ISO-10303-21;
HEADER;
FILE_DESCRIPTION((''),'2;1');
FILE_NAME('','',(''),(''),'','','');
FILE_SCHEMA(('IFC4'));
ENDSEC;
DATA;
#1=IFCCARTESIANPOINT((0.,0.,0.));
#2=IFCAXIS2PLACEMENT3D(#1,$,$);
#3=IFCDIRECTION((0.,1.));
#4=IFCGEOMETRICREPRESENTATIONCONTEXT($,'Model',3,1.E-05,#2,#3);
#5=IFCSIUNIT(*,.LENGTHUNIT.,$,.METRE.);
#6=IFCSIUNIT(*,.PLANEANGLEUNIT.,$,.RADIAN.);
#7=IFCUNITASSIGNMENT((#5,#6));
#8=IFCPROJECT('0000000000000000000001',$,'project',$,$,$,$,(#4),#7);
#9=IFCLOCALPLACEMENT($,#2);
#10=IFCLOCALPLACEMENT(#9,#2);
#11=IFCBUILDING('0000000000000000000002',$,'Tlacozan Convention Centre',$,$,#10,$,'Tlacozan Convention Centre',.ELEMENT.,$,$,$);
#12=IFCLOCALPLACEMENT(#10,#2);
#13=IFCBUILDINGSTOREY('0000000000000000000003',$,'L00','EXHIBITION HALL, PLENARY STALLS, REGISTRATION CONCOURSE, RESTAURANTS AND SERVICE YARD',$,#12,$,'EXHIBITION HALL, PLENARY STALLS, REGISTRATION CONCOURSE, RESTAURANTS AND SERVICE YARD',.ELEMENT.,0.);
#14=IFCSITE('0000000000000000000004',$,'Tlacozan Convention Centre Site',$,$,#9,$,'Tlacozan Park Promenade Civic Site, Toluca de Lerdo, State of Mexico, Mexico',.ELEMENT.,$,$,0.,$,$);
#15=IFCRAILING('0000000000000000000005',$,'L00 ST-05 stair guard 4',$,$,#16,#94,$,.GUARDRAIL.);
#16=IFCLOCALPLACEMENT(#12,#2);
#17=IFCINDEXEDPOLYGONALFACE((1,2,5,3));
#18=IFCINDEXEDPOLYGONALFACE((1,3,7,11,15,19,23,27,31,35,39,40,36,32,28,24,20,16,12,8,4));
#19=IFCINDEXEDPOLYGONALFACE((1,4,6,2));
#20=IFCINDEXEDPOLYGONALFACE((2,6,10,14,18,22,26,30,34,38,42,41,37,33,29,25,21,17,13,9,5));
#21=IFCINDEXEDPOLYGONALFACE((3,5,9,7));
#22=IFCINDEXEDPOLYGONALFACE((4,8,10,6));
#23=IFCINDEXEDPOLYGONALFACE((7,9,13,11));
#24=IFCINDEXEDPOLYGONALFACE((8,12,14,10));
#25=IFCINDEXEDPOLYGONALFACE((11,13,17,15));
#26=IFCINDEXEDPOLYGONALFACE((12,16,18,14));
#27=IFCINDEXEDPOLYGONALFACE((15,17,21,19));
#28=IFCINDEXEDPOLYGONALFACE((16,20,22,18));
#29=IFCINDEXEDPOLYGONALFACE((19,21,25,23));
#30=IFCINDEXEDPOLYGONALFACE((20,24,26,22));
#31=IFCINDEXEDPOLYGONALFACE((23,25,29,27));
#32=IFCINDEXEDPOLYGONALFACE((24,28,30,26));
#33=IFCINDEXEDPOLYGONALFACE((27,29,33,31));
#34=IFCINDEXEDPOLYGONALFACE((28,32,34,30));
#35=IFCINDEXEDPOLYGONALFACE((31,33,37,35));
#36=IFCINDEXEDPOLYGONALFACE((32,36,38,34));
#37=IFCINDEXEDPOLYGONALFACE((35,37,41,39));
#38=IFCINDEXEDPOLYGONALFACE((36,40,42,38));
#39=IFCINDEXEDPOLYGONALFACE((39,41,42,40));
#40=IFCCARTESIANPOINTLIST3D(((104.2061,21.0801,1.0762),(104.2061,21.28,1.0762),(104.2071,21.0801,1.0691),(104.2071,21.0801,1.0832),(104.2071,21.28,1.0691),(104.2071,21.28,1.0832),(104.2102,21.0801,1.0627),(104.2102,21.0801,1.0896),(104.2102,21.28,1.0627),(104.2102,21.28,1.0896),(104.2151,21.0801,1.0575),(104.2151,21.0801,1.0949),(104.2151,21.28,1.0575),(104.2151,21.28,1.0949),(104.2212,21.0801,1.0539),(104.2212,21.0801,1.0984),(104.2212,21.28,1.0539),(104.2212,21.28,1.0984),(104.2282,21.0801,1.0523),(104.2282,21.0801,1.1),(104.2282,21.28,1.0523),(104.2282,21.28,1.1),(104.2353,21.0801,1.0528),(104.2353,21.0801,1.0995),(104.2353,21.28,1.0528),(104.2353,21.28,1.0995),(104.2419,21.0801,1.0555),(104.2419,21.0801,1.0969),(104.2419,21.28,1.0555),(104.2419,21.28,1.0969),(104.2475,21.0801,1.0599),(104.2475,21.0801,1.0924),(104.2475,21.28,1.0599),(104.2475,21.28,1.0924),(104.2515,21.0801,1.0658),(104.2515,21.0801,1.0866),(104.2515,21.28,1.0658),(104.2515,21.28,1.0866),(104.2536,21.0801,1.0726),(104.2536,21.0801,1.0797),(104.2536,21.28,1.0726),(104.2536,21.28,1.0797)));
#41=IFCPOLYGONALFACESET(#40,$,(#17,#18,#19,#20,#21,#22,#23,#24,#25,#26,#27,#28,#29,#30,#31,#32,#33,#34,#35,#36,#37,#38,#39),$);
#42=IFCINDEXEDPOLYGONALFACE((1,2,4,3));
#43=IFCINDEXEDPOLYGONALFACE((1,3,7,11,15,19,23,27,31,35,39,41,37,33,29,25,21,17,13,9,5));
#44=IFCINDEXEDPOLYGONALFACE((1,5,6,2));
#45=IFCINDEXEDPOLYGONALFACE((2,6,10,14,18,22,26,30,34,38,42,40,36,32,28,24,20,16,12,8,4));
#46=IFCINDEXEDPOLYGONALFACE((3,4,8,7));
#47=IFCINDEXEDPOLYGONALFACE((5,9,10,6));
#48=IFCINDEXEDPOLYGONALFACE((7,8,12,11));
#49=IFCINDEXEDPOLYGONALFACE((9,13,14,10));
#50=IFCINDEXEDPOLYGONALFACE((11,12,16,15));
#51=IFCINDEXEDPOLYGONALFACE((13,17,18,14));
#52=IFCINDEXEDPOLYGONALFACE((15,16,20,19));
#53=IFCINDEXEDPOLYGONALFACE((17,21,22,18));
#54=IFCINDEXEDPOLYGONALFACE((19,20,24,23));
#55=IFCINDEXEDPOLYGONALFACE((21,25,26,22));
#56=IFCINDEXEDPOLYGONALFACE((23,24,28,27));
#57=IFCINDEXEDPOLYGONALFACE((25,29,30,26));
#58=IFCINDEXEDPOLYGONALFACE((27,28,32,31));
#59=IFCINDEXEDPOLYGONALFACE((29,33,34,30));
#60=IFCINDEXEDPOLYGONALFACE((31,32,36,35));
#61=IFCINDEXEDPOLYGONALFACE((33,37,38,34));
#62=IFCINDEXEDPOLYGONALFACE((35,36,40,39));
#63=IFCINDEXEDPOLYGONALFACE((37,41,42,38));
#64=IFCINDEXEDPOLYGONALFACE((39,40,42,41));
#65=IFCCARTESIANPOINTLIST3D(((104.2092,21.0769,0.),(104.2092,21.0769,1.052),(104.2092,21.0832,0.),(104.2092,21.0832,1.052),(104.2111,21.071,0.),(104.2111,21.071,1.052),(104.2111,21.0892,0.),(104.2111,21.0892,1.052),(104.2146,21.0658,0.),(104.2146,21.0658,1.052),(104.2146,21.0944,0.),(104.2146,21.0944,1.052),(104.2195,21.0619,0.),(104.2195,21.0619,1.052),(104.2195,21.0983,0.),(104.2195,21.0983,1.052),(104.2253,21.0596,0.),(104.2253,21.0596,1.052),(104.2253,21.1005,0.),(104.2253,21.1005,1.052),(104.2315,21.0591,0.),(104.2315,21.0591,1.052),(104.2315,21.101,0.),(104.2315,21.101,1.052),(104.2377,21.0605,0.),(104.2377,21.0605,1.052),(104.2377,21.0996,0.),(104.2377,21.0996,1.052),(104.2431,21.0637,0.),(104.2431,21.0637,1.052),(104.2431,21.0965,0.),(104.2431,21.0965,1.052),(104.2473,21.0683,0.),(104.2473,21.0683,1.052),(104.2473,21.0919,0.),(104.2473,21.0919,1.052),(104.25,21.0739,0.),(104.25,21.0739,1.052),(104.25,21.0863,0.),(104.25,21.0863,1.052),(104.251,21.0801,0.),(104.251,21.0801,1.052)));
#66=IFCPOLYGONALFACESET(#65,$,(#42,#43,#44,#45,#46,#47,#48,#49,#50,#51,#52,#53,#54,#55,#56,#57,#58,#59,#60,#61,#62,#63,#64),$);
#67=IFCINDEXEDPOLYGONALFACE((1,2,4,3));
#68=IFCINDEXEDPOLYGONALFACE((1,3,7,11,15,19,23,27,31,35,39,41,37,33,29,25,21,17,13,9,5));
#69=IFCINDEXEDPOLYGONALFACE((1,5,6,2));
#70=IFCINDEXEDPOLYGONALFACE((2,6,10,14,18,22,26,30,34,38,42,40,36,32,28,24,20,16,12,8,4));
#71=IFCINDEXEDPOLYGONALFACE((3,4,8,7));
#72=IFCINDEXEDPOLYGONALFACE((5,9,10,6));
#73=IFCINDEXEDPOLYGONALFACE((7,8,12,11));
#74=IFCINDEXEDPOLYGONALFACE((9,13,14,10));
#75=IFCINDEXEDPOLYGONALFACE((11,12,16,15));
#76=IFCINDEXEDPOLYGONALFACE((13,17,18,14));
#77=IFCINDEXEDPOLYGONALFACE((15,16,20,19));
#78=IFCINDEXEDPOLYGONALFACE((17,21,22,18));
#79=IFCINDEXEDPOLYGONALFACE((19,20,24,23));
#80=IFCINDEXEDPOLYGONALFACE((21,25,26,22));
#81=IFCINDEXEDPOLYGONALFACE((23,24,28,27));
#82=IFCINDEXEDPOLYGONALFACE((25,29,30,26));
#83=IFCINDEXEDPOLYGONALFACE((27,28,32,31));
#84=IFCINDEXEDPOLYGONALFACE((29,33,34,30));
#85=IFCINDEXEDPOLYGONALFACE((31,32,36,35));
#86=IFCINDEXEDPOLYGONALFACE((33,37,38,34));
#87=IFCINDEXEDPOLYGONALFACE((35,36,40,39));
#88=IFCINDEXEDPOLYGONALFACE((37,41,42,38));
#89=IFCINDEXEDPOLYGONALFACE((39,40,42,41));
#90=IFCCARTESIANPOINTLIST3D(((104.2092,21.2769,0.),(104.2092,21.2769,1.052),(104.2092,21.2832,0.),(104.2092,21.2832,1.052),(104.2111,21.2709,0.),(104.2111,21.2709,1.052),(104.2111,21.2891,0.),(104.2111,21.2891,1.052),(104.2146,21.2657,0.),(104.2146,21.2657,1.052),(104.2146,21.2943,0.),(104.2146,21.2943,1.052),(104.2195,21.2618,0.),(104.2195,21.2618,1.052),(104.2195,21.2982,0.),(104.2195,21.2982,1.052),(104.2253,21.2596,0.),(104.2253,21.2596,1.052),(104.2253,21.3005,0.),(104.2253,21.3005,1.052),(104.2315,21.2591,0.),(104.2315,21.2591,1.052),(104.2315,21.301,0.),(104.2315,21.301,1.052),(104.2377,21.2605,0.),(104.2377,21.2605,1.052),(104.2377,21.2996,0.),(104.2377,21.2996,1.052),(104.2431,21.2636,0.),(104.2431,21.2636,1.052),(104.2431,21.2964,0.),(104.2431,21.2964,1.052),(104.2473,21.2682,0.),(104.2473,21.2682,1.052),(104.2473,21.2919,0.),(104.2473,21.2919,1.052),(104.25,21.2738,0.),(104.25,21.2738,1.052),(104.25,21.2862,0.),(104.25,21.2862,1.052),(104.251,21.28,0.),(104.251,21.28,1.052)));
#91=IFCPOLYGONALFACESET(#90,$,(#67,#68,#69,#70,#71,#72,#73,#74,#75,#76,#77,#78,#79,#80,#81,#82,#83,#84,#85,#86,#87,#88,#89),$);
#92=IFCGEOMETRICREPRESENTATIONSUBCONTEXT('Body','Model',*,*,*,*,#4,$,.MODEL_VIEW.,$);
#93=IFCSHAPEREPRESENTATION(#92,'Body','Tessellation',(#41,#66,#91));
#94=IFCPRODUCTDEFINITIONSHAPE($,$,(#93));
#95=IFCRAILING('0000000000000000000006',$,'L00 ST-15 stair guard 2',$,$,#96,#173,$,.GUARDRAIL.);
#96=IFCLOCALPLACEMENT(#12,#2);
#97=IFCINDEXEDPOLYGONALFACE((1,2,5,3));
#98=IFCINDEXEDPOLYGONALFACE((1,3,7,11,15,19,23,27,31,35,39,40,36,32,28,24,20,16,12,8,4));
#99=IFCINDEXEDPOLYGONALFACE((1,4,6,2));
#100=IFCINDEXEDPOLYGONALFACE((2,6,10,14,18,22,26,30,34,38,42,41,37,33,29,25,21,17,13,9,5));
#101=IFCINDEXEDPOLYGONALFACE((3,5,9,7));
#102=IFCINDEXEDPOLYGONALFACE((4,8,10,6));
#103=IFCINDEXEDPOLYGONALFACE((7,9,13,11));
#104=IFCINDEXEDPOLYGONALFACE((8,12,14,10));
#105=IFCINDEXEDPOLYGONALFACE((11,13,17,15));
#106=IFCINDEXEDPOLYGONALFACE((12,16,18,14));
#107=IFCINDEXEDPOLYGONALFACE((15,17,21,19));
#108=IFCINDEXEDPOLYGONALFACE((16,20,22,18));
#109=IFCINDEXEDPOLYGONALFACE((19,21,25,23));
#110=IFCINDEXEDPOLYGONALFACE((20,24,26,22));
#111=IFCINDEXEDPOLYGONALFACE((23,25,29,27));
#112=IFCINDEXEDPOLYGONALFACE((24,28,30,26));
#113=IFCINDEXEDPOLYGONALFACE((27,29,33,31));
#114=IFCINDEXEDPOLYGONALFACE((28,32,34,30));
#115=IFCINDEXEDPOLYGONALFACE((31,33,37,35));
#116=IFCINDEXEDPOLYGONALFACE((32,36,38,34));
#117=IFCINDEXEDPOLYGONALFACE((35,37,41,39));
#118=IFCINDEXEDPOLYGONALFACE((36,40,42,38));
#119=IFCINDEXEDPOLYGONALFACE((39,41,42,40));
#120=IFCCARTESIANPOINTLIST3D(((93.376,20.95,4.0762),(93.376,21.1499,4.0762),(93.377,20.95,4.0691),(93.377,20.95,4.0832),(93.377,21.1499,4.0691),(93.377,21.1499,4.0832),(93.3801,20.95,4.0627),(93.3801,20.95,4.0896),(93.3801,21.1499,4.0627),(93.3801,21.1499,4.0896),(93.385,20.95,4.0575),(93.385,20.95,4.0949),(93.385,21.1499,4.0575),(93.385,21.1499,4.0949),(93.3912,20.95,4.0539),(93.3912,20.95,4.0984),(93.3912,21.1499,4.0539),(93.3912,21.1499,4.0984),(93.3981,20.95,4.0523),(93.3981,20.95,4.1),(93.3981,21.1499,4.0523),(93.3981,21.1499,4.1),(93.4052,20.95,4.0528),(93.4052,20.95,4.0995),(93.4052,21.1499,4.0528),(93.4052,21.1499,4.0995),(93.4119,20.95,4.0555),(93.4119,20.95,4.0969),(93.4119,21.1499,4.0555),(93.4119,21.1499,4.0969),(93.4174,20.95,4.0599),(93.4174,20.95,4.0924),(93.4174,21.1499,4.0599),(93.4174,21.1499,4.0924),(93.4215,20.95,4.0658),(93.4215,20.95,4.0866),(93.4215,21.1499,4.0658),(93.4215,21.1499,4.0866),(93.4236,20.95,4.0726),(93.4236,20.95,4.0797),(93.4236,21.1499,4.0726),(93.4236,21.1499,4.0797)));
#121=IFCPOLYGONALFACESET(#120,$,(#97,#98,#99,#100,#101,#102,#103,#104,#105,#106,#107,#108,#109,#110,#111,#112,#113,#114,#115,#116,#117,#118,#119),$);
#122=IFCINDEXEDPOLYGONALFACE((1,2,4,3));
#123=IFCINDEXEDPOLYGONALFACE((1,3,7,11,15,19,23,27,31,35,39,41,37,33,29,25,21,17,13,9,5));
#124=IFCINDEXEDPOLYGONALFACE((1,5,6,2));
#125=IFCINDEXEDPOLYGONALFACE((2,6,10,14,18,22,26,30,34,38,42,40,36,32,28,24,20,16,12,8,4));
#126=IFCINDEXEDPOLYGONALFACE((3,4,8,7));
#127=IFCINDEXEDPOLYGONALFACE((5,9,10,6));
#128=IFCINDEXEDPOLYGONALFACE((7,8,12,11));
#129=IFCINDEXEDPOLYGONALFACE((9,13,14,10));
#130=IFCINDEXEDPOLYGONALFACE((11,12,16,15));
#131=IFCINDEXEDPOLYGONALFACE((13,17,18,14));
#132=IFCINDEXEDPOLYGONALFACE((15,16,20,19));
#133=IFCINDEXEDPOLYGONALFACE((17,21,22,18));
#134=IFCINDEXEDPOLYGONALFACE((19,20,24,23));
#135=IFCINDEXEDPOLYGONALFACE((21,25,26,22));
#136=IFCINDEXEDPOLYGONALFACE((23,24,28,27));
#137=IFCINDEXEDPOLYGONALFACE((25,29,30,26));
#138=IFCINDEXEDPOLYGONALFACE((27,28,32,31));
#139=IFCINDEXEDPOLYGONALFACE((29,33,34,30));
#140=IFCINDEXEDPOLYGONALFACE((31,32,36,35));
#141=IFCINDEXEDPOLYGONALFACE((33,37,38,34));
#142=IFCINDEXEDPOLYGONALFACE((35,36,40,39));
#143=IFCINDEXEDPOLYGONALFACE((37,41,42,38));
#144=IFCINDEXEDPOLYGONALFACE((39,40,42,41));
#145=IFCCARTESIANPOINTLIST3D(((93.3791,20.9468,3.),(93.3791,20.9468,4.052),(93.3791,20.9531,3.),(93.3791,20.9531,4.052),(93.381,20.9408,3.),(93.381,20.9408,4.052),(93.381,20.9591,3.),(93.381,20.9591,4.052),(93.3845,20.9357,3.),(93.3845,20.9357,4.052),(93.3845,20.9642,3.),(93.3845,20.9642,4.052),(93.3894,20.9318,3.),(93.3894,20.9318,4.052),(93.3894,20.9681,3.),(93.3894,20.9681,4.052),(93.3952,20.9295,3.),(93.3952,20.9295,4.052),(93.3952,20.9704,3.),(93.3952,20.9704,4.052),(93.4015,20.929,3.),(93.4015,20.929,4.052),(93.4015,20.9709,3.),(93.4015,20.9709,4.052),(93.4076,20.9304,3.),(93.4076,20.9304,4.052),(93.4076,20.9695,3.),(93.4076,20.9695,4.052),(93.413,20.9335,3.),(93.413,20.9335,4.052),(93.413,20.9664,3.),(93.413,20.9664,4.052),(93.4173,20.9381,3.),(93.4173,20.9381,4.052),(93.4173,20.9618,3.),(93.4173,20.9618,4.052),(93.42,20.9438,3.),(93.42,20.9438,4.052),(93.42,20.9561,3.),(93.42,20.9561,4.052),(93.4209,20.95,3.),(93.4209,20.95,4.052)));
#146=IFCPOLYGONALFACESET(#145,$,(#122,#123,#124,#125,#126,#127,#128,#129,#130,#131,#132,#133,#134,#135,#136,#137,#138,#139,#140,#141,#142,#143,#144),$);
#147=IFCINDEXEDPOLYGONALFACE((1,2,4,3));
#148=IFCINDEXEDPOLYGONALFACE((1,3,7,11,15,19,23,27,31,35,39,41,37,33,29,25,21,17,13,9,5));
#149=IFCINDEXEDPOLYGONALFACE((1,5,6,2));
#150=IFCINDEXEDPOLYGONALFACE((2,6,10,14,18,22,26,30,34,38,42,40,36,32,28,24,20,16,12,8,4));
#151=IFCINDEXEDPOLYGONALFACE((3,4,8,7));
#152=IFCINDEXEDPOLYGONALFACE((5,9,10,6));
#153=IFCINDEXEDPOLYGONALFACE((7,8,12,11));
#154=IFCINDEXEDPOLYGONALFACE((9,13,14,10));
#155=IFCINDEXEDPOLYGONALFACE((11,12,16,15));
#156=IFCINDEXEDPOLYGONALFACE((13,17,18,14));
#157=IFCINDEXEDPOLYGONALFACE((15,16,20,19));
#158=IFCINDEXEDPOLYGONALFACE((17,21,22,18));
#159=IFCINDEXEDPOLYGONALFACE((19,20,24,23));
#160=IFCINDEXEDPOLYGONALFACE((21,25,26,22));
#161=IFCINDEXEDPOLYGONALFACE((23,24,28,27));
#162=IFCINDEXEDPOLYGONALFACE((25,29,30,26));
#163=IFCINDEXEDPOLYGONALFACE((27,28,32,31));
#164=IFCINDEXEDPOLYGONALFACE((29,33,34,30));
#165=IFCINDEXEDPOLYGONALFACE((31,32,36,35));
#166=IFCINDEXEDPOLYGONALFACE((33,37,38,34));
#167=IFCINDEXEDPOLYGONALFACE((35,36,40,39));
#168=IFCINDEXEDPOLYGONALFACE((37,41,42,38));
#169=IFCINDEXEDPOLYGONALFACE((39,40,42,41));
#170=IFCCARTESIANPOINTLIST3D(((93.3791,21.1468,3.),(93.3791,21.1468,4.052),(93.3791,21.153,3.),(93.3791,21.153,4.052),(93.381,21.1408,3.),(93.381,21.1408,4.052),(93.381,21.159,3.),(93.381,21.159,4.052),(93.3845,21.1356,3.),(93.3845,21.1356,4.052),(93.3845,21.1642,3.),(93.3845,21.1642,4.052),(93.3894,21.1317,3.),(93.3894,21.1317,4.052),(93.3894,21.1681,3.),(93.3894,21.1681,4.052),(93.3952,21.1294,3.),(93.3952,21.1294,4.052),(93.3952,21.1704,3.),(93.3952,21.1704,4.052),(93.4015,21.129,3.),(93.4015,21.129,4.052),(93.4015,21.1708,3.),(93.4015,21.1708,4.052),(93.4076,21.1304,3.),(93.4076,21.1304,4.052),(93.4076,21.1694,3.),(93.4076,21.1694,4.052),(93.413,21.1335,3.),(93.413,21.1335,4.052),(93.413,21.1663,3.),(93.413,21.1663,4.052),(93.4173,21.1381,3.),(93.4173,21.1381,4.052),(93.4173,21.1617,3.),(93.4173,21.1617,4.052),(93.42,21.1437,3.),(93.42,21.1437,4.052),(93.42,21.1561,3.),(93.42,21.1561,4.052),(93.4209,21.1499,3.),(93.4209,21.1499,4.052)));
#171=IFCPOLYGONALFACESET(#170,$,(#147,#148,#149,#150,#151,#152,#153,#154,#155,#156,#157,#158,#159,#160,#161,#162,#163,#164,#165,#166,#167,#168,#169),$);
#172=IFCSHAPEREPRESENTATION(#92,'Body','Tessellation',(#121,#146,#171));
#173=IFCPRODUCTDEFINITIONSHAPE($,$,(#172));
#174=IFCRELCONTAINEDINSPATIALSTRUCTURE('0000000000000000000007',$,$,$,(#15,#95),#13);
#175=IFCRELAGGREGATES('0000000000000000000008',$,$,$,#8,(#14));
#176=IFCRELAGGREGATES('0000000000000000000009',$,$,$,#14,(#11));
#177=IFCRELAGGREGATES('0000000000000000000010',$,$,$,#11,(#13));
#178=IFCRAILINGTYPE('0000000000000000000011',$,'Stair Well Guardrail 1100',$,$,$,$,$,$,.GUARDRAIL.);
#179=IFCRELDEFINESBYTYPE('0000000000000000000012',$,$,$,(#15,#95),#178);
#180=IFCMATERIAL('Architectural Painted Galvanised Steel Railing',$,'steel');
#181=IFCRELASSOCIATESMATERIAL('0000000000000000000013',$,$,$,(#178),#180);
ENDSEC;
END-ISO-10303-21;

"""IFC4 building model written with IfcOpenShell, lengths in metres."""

from ifc_helpers import new_model, si_unit, direction, frame, origin, origin_2d, place, context, subcontext, project, spatial, circle, extrude, material, type_object, element, save


model = new_model("IFC4")

# Units and contexts
model_context = context("Model", 3, precision=1e-05, world=origin(), true_north=direction((0.0, 1.0)))
body_context = subcontext(model_context, "Body", "Model", "MODEL_VIEW")
ifc_project = project(units=[si_unit("LENGTHUNIT", "METRE"), si_unit("PLANEANGLEUNIT", "RADIAN")], contexts=[model_context])

# Site, building, storey
site_placement = place(None, origin())
site = spatial("IfcSite", under=ifc_project, at=site_placement, Name="Tlacozan Convention Centre Site", LongName="Tlacozan Park Promenade Civic Site, Toluca de Lerdo, State of Mexico, Mexico", CompositionType="ELEMENT", RefElevation=0.0)
building_placement = place(site_placement, origin())
building = spatial("IfcBuilding", under=site, at=building_placement, Name="Tlacozan Convention Centre", LongName="Tlacozan Convention Centre", CompositionType="ELEMENT")
storey_placement = place(building_placement, origin())
storey = spatial("IfcBuildingStorey", under=building, at=storey_placement, Name="L00", Description="EXHIBITION HALL, PLENARY STALLS, REGISTRATION CONCOURSE, RESTAURANTS AND SERVICE YARD", LongName="EXHIBITION HALL, PLENARY STALLS, REGISTRATION CONCOURSE, RESTAURANTS AND SERVICE YARD", CompositionType="ELEMENT", Elevation=0.0)

# Railings
ifc_material_1 = material(Name="Architectural Painted Galvanised Steel Railing", Category="steel")
railing_type_1 = type_object("IfcRailingType", Name="Stair Well Guardrail 1100", PredefinedType="GUARDRAIL", material=ifc_material_1)
for number, where, name in (
    (1, (104.23, 21.0801, 0.0), "L00 ST-05 stair guard 4"),
    (2, (93.3999, 20.95, 3.0), "L00 ST-15 stair guard 2"),
):
    element("IfcRailing", number, at=place(storey_placement, frame(where)), inside=storey, type_object=railing_type_1, Name=name, PredefinedType="GUARDRAIL", context=body_context, shape_type="SweptSolid", body=[
        extrude(circle(Radius=0.0239, at=origin_2d()), frame((0.0, 0.0, 1.0762), z_axis=(0.0, 1.0, 0.0), x_axis=(-1.0, 0.0, 0.0)), (0.0, 0.0, 1.0), 0.2),
        extrude(circle(Radius=0.021, at=origin_2d()), origin(), (0.0, 0.0, 1.0), 1.052),
        extrude(circle(Radius=0.021, at=origin_2d()), frame((0.0, 0.2, 0.0)), (0.0, 0.0, 1.0), 1.052),
    ])

save(model, "model.ifc")
